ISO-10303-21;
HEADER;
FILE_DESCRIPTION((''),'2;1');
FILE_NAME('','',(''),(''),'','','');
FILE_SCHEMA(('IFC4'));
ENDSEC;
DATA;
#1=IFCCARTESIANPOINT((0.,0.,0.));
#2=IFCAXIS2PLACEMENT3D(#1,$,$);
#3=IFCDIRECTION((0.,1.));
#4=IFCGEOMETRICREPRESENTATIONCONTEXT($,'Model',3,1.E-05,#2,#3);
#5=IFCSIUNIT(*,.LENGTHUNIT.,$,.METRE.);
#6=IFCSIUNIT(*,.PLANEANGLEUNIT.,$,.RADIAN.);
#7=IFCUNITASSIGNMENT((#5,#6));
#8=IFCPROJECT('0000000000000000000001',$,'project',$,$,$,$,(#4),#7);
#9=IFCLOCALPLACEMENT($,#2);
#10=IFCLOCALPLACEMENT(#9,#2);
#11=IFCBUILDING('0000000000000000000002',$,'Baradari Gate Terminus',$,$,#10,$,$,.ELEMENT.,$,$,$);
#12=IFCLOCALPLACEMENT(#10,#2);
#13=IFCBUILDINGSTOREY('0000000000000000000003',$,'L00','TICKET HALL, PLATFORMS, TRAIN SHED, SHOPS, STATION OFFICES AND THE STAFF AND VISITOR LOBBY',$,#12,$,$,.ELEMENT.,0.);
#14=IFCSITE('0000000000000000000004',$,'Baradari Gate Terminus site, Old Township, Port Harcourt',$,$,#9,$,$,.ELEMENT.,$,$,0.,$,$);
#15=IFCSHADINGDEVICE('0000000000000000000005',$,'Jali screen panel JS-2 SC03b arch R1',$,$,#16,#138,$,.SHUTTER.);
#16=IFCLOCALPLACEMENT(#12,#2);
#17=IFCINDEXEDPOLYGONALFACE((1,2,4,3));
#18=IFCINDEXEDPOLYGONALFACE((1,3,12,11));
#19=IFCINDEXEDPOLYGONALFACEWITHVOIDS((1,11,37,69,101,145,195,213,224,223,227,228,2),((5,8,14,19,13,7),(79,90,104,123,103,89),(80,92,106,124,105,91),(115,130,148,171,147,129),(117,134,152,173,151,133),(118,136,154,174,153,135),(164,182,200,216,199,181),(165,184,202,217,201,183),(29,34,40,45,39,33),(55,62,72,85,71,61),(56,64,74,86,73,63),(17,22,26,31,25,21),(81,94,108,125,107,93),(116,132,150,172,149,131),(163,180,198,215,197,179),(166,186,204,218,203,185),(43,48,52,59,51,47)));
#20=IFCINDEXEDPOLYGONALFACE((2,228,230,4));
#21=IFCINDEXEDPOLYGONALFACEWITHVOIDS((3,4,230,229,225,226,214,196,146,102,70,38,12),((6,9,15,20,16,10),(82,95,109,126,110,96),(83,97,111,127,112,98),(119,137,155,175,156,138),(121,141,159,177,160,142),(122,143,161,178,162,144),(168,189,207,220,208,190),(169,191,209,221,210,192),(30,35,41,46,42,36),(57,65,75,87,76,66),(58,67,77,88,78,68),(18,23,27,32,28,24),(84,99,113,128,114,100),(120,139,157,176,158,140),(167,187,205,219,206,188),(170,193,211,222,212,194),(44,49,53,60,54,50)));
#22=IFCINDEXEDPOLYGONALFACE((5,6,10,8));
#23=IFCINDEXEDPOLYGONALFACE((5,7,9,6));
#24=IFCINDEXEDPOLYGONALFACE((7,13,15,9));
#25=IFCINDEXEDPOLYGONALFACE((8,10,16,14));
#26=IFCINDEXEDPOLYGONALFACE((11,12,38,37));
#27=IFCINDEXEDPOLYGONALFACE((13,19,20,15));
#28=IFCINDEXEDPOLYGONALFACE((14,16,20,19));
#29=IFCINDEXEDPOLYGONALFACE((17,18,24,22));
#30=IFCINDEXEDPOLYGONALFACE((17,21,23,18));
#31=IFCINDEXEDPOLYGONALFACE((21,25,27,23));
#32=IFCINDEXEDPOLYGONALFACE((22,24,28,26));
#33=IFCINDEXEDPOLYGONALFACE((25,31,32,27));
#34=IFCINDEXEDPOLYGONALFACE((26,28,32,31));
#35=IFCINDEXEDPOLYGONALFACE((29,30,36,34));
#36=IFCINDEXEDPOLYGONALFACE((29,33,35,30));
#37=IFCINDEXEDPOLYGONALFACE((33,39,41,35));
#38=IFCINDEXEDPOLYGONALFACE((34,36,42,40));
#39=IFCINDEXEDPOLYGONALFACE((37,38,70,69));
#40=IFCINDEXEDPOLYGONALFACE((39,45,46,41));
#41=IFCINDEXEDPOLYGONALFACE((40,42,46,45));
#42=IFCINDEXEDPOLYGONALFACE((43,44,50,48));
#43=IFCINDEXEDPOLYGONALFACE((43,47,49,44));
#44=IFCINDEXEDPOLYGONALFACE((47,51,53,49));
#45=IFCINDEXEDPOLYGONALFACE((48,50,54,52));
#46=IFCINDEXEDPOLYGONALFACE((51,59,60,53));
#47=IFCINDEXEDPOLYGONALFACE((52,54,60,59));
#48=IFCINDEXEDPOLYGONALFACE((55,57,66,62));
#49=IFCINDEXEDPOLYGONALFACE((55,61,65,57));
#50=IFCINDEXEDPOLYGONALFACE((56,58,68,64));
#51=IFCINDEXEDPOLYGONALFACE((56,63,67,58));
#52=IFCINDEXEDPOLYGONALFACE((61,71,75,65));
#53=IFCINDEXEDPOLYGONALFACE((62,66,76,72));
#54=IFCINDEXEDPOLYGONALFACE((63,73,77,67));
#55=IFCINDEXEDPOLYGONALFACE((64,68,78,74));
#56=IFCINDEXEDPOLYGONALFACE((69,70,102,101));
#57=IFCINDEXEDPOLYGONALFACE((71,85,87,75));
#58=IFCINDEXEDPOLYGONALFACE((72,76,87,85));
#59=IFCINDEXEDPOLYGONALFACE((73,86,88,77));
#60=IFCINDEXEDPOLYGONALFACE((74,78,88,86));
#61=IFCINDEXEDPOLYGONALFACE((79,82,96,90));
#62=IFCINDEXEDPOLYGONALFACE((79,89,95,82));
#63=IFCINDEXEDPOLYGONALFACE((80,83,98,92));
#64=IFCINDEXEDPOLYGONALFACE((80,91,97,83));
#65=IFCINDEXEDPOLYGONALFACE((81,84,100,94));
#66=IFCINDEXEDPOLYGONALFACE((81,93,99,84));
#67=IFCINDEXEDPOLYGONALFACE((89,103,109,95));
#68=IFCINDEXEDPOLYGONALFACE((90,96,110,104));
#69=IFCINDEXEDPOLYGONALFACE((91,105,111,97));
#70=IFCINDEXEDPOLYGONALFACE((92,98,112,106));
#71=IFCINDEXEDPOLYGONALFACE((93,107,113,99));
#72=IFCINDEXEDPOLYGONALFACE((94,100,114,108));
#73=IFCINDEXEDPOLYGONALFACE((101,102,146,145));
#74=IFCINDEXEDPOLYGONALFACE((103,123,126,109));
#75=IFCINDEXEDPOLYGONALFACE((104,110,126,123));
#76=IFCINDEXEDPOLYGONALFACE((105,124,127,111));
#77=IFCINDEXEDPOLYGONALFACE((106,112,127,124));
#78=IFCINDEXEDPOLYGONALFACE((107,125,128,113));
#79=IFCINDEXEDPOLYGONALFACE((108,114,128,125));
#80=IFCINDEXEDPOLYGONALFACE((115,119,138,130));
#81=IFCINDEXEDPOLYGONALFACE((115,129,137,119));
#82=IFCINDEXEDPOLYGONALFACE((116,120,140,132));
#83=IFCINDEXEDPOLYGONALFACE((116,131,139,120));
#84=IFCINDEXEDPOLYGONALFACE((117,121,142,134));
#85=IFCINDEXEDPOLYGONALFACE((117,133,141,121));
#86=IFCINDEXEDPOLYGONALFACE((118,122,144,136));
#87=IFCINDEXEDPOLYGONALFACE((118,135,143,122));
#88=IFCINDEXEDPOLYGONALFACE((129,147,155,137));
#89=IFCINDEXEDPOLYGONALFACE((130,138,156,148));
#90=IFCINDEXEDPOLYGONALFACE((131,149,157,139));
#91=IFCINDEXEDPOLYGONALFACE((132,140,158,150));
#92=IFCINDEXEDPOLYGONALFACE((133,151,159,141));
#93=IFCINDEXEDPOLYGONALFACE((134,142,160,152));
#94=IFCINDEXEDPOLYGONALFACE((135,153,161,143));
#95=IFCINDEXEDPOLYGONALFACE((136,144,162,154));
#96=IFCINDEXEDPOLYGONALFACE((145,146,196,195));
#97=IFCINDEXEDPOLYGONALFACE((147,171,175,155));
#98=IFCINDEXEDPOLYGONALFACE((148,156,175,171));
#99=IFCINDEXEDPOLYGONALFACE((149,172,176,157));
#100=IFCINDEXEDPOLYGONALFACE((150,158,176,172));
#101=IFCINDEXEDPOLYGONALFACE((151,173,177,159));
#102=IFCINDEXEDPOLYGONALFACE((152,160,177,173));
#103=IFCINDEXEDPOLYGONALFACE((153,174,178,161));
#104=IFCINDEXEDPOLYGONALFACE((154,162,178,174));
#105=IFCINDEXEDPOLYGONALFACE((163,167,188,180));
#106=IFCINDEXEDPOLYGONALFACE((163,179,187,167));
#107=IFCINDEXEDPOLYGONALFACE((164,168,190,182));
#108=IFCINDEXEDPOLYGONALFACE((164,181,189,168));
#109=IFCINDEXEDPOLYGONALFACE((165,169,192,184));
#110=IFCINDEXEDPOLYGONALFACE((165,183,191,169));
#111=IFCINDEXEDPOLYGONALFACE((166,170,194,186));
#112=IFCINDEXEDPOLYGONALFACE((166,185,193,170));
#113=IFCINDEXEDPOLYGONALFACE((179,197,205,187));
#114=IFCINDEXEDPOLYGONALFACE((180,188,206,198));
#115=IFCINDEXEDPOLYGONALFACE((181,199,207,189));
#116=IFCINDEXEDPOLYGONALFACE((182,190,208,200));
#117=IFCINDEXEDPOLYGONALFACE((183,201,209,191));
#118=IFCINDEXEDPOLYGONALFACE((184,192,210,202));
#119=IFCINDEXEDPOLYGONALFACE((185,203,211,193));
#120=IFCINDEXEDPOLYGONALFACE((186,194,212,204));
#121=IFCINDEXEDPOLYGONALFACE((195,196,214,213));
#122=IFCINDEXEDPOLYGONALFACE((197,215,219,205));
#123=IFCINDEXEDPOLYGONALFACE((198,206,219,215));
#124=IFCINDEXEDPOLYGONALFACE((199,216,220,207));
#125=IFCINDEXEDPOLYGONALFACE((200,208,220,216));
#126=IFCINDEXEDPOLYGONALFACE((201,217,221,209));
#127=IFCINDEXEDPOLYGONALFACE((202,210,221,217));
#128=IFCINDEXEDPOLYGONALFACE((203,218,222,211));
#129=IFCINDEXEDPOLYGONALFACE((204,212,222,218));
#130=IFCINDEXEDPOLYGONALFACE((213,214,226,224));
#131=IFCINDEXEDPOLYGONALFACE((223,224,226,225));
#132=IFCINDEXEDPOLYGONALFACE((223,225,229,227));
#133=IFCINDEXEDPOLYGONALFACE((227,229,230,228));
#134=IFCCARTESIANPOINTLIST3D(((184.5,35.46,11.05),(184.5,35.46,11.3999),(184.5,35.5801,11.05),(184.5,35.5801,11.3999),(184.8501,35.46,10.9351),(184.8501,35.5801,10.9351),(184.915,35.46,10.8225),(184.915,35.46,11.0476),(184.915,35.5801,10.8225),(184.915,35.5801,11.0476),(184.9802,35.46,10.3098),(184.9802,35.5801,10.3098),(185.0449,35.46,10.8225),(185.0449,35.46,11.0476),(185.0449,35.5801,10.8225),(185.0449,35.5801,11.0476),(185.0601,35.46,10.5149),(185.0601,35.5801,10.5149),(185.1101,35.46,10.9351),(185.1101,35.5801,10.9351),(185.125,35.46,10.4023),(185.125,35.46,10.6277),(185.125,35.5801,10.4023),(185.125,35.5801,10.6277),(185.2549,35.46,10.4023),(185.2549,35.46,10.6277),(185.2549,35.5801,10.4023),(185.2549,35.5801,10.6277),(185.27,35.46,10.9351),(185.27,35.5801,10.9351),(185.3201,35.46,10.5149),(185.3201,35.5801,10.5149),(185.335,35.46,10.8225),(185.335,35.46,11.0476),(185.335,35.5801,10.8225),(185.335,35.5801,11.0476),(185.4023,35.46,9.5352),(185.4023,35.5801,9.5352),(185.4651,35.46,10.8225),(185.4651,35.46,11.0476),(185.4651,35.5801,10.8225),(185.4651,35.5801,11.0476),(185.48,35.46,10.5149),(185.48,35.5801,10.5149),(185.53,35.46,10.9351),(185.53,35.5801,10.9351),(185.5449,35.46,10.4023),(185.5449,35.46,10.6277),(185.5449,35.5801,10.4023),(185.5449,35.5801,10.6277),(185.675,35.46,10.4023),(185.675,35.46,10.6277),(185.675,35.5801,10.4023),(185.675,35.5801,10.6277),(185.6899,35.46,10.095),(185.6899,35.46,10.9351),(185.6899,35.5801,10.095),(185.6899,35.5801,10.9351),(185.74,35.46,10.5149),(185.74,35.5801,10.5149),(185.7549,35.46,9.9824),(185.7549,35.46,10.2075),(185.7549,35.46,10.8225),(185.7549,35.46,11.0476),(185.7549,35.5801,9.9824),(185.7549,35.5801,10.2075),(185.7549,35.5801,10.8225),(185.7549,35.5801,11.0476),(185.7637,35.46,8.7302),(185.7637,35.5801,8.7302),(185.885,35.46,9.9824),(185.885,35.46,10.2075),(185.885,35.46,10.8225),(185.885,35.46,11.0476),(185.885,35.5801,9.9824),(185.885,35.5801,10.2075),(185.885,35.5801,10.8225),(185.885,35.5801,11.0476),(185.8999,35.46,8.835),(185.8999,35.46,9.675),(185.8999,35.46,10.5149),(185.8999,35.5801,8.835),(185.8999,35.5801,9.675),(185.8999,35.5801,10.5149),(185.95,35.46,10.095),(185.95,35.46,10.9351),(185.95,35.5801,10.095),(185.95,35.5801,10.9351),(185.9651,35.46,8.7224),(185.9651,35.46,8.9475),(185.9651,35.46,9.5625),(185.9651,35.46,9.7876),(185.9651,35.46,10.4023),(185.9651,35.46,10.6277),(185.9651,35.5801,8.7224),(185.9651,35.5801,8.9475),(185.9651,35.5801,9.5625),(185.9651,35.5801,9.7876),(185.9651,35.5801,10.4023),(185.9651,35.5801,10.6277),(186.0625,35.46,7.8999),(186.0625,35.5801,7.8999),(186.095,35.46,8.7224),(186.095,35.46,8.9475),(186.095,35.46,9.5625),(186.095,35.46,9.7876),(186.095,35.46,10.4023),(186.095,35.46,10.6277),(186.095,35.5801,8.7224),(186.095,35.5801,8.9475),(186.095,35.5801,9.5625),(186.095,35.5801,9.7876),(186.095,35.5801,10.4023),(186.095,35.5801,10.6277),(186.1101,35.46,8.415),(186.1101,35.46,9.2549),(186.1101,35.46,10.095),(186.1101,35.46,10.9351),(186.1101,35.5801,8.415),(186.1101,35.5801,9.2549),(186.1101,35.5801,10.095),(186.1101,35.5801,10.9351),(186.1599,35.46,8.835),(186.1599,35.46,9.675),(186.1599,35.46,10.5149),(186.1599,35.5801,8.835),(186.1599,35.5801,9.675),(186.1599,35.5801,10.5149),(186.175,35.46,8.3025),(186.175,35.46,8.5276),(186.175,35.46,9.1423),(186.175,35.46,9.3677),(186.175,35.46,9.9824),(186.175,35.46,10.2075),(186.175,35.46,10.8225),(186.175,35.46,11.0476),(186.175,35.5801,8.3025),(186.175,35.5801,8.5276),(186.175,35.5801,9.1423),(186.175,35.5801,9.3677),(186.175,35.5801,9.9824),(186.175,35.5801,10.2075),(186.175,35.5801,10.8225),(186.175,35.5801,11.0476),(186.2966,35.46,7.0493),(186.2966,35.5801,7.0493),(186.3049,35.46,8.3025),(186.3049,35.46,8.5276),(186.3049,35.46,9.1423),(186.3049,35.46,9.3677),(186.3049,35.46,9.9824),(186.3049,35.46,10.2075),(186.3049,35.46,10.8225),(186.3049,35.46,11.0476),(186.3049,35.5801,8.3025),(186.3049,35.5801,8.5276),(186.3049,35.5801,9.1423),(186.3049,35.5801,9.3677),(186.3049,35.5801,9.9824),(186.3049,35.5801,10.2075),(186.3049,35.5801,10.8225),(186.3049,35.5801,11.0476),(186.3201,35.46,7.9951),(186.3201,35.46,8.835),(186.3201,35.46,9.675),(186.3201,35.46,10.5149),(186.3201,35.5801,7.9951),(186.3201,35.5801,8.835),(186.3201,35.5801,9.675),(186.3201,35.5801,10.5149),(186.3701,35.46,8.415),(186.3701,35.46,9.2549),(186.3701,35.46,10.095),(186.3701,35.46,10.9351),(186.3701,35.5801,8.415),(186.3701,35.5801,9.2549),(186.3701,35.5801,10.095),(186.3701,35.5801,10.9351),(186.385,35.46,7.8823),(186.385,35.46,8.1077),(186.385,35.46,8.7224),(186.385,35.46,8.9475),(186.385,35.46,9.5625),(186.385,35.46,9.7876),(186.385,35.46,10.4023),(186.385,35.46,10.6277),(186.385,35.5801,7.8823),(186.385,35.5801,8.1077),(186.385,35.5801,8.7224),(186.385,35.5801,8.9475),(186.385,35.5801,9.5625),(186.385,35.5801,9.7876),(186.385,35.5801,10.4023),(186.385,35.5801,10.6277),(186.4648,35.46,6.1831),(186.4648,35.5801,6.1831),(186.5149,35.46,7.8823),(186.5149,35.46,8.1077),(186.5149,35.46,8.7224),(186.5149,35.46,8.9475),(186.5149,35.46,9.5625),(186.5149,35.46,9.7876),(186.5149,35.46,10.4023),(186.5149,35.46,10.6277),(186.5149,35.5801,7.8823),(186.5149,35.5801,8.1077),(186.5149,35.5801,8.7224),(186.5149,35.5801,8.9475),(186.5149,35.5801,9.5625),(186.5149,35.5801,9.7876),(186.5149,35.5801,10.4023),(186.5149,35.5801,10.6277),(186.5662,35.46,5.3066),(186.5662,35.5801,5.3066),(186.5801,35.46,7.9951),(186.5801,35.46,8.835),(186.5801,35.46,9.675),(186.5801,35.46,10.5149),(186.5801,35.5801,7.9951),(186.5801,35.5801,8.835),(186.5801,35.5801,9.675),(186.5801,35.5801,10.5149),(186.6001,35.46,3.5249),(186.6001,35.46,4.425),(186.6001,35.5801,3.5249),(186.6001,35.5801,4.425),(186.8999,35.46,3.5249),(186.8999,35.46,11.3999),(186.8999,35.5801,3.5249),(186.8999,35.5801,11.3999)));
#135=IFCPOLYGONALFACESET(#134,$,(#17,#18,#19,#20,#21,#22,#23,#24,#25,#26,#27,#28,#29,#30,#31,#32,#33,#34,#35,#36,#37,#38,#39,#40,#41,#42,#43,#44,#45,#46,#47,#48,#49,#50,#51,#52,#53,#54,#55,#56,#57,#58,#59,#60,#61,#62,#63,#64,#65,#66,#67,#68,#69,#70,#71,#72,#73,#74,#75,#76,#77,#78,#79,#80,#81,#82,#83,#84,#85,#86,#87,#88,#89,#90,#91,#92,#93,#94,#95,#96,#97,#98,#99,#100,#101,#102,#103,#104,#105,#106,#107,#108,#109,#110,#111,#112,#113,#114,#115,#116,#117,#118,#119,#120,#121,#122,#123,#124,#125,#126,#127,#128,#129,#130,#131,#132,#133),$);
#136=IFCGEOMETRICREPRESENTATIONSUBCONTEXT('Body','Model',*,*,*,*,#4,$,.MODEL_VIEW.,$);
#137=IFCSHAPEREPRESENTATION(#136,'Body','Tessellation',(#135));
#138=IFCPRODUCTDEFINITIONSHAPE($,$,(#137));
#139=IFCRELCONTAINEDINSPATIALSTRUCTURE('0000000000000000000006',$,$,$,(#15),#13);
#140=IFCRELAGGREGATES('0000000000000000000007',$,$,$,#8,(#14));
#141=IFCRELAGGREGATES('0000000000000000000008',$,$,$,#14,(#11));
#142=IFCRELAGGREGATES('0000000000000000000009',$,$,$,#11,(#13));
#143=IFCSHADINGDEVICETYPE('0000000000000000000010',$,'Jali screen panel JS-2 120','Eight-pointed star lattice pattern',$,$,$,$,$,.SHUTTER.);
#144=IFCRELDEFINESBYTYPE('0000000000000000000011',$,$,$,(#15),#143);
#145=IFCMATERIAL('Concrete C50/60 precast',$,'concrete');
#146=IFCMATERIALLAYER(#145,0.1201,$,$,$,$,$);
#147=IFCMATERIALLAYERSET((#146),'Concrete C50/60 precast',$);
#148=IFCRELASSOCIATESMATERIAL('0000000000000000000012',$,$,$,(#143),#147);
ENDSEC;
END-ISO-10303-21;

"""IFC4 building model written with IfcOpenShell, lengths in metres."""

from ifc_helpers import new_model, si_unit, direction, frame, origin, place, context, subcontext, project, spatial, polyline, outline, extrude, material, layer, layer_set, type_object, element, save


model = new_model("IFC4")

# Units and contexts
model_context = context("Model", 3, precision=1e-05, world=origin(), true_north=direction((0.0, 1.0)))
body_context = subcontext(model_context, "Body", "Model", "MODEL_VIEW")
ifc_project = project(units=[si_unit("LENGTHUNIT", "METRE"), si_unit("PLANEANGLEUNIT", "RADIAN")], contexts=[model_context])

# Site, building, storey
site_placement = place(None, origin())
site = spatial("IfcSite", under=ifc_project, at=site_placement, Name="Baradari Gate Terminus site, Old Township, Port Harcourt", CompositionType="ELEMENT", RefElevation=0.0)
building_placement = place(site_placement, origin())
building = spatial("IfcBuilding", under=site, at=building_placement, Name="Baradari Gate Terminus", CompositionType="ELEMENT")
storey_placement = place(building_placement, origin())
storey = spatial("IfcBuildingStorey", under=building, at=storey_placement, Name="L00", Description="TICKET HALL, PLATFORMS, TRAIN SHED, SHOPS, STATION OFFICES AND THE STAFF AND VISITOR LOBBY", CompositionType="ELEMENT", Elevation=0.0)

# Shading device
ifc_material_1 = material(Name="Concrete C50/60 precast", Category="concrete")
ifc_layer_1 = layer(ifc_material_1, 0.1201)
ifc_layer_set_1 = layer_set([ifc_layer_1], Name="Concrete C50/60 precast")
shading_device_type = type_object("IfcShadingDeviceType", Name="Jali screen panel JS-2 120", Description="Eight-pointed star lattice pattern", PredefinedType="SHUTTER", material=ifc_layer_set_1)
shading_device_1_placement = place(storey_placement, frame((184.5, 35.52, 3.5249), z_axis=(0.0, 0.0, 1.0), x_axis=(1.0, 0.0, 0.0)))
element("IfcShadingDevice", 1, at=shading_device_1_placement, inside=storey, type_object=shading_device_type, Name="Jali screen panel JS-2 SC03b arch R1", PredefinedType="SHUTTER", context=body_context, shape_type="SweptSolid", body=[
    extrude(outline(polyline([(0.0, 7.875), (0.0, 7.5251), (0.4802, 6.7849), (0.9023, 6.0103), (1.2637, 5.2053), (1.5625, 4.375), (1.7966, 3.5244), (1.9648, 2.6582), (2.0662, 1.7817), (2.1001, 0.9001), (2.1001, 0.0), (2.3999, 0.0), (2.3999, 7.875), (0.0, 7.875)]), holes=[polyline([(2.0801, 4.4702), (2.0149, 4.3574), (1.885, 4.3574), (1.8201, 4.4702), (1.885, 4.5828), (2.0149, 4.5828), (2.0801, 4.4702)]), polyline([(1.8701, 4.8901), (1.8049, 4.7776), (1.675, 4.7776), (1.6101, 4.8901), (1.675, 5.0027), (1.8049, 5.0027), (1.8701, 4.8901)]), polyline([(1.6599, 5.3101), (1.595, 5.1975), (1.4651, 5.1975), (1.3999, 5.3101), (1.4651, 5.4226), (1.595, 5.4226), (1.6599, 5.3101)]), polyline([(2.0801, 5.3101), (2.0149, 5.1975), (1.885, 5.1975), (1.8201, 5.3101), (1.885, 5.4226), (2.0149, 5.4226), (2.0801, 5.3101)]), polyline([(1.8701, 5.73), (1.8049, 5.6174), (1.675, 5.6174), (1.6101, 5.73), (1.675, 5.8428), (1.8049, 5.8428), (1.8701, 5.73)]), polyline([(1.6599, 6.1501), (1.595, 6.0376), (1.4651, 6.0376), (1.3999, 6.1501), (1.4651, 6.2627), (1.595, 6.2627), (1.6599, 6.1501)]), polyline([(2.0801, 6.1501), (2.0149, 6.0376), (1.885, 6.0376), (1.8201, 6.1501), (1.885, 6.2627), (2.0149, 6.2627), (2.0801, 6.1501)]), polyline([(1.45, 6.5701), (1.385, 6.4575), (1.2549, 6.4575), (1.1899, 6.5701), (1.2549, 6.6826), (1.385, 6.6826), (1.45, 6.5701)]), polyline([(1.8701, 6.5701), (1.8049, 6.4575), (1.675, 6.4575), (1.6101, 6.5701), (1.675, 6.6826), (1.8049, 6.6826), (1.8701, 6.5701)]), polyline([(0.8201, 6.99), (0.7549, 6.8774), (0.625, 6.8774), (0.5601, 6.99), (0.625, 7.1028), (0.7549, 7.1028), (0.8201, 6.99)]), polyline([(1.24, 6.99), (1.175, 6.8774), (1.0449, 6.8774), (0.98, 6.99), (1.0449, 7.1028), (1.175, 7.1028), (1.24, 6.99)]), polyline([(1.6599, 6.99), (1.595, 6.8774), (1.4651, 6.8774), (1.3999, 6.99), (1.4651, 7.1028), (1.595, 7.1028), (1.6599, 6.99)]), polyline([(2.0801, 6.99), (2.0149, 6.8774), (1.885, 6.8774), (1.8201, 6.99), (1.885, 7.1028), (2.0149, 7.1028), (2.0801, 6.99)]), polyline([(0.6101, 7.4102), (0.5449, 7.2976), (0.415, 7.2976), (0.3501, 7.4102), (0.415, 7.5227), (0.5449, 7.5227), (0.6101, 7.4102)]), polyline([(1.03, 7.4102), (0.9651, 7.2976), (0.835, 7.2976), (0.77, 7.4102), (0.835, 7.5227), (0.9651, 7.5227), (1.03, 7.4102)]), polyline([(1.45, 7.4102), (1.385, 7.2976), (1.2549, 7.2976), (1.1899, 7.4102), (1.2549, 7.5227), (1.385, 7.5227), (1.45, 7.4102)]), polyline([(1.8701, 7.4102), (1.8049, 7.2976), (1.675, 7.2976), (1.6101, 7.4102), (1.675, 7.5227), (1.8049, 7.5227), (1.8701, 7.4102)])]), frame((0.0, 0.0601, 0.0), z_axis=(0.0, -1.0, 0.0), x_axis=(1.0, 0.0, 0.0)), (0.0, 0.0, 1.0), 0.1201),
])

save(model, "model.ifc")
